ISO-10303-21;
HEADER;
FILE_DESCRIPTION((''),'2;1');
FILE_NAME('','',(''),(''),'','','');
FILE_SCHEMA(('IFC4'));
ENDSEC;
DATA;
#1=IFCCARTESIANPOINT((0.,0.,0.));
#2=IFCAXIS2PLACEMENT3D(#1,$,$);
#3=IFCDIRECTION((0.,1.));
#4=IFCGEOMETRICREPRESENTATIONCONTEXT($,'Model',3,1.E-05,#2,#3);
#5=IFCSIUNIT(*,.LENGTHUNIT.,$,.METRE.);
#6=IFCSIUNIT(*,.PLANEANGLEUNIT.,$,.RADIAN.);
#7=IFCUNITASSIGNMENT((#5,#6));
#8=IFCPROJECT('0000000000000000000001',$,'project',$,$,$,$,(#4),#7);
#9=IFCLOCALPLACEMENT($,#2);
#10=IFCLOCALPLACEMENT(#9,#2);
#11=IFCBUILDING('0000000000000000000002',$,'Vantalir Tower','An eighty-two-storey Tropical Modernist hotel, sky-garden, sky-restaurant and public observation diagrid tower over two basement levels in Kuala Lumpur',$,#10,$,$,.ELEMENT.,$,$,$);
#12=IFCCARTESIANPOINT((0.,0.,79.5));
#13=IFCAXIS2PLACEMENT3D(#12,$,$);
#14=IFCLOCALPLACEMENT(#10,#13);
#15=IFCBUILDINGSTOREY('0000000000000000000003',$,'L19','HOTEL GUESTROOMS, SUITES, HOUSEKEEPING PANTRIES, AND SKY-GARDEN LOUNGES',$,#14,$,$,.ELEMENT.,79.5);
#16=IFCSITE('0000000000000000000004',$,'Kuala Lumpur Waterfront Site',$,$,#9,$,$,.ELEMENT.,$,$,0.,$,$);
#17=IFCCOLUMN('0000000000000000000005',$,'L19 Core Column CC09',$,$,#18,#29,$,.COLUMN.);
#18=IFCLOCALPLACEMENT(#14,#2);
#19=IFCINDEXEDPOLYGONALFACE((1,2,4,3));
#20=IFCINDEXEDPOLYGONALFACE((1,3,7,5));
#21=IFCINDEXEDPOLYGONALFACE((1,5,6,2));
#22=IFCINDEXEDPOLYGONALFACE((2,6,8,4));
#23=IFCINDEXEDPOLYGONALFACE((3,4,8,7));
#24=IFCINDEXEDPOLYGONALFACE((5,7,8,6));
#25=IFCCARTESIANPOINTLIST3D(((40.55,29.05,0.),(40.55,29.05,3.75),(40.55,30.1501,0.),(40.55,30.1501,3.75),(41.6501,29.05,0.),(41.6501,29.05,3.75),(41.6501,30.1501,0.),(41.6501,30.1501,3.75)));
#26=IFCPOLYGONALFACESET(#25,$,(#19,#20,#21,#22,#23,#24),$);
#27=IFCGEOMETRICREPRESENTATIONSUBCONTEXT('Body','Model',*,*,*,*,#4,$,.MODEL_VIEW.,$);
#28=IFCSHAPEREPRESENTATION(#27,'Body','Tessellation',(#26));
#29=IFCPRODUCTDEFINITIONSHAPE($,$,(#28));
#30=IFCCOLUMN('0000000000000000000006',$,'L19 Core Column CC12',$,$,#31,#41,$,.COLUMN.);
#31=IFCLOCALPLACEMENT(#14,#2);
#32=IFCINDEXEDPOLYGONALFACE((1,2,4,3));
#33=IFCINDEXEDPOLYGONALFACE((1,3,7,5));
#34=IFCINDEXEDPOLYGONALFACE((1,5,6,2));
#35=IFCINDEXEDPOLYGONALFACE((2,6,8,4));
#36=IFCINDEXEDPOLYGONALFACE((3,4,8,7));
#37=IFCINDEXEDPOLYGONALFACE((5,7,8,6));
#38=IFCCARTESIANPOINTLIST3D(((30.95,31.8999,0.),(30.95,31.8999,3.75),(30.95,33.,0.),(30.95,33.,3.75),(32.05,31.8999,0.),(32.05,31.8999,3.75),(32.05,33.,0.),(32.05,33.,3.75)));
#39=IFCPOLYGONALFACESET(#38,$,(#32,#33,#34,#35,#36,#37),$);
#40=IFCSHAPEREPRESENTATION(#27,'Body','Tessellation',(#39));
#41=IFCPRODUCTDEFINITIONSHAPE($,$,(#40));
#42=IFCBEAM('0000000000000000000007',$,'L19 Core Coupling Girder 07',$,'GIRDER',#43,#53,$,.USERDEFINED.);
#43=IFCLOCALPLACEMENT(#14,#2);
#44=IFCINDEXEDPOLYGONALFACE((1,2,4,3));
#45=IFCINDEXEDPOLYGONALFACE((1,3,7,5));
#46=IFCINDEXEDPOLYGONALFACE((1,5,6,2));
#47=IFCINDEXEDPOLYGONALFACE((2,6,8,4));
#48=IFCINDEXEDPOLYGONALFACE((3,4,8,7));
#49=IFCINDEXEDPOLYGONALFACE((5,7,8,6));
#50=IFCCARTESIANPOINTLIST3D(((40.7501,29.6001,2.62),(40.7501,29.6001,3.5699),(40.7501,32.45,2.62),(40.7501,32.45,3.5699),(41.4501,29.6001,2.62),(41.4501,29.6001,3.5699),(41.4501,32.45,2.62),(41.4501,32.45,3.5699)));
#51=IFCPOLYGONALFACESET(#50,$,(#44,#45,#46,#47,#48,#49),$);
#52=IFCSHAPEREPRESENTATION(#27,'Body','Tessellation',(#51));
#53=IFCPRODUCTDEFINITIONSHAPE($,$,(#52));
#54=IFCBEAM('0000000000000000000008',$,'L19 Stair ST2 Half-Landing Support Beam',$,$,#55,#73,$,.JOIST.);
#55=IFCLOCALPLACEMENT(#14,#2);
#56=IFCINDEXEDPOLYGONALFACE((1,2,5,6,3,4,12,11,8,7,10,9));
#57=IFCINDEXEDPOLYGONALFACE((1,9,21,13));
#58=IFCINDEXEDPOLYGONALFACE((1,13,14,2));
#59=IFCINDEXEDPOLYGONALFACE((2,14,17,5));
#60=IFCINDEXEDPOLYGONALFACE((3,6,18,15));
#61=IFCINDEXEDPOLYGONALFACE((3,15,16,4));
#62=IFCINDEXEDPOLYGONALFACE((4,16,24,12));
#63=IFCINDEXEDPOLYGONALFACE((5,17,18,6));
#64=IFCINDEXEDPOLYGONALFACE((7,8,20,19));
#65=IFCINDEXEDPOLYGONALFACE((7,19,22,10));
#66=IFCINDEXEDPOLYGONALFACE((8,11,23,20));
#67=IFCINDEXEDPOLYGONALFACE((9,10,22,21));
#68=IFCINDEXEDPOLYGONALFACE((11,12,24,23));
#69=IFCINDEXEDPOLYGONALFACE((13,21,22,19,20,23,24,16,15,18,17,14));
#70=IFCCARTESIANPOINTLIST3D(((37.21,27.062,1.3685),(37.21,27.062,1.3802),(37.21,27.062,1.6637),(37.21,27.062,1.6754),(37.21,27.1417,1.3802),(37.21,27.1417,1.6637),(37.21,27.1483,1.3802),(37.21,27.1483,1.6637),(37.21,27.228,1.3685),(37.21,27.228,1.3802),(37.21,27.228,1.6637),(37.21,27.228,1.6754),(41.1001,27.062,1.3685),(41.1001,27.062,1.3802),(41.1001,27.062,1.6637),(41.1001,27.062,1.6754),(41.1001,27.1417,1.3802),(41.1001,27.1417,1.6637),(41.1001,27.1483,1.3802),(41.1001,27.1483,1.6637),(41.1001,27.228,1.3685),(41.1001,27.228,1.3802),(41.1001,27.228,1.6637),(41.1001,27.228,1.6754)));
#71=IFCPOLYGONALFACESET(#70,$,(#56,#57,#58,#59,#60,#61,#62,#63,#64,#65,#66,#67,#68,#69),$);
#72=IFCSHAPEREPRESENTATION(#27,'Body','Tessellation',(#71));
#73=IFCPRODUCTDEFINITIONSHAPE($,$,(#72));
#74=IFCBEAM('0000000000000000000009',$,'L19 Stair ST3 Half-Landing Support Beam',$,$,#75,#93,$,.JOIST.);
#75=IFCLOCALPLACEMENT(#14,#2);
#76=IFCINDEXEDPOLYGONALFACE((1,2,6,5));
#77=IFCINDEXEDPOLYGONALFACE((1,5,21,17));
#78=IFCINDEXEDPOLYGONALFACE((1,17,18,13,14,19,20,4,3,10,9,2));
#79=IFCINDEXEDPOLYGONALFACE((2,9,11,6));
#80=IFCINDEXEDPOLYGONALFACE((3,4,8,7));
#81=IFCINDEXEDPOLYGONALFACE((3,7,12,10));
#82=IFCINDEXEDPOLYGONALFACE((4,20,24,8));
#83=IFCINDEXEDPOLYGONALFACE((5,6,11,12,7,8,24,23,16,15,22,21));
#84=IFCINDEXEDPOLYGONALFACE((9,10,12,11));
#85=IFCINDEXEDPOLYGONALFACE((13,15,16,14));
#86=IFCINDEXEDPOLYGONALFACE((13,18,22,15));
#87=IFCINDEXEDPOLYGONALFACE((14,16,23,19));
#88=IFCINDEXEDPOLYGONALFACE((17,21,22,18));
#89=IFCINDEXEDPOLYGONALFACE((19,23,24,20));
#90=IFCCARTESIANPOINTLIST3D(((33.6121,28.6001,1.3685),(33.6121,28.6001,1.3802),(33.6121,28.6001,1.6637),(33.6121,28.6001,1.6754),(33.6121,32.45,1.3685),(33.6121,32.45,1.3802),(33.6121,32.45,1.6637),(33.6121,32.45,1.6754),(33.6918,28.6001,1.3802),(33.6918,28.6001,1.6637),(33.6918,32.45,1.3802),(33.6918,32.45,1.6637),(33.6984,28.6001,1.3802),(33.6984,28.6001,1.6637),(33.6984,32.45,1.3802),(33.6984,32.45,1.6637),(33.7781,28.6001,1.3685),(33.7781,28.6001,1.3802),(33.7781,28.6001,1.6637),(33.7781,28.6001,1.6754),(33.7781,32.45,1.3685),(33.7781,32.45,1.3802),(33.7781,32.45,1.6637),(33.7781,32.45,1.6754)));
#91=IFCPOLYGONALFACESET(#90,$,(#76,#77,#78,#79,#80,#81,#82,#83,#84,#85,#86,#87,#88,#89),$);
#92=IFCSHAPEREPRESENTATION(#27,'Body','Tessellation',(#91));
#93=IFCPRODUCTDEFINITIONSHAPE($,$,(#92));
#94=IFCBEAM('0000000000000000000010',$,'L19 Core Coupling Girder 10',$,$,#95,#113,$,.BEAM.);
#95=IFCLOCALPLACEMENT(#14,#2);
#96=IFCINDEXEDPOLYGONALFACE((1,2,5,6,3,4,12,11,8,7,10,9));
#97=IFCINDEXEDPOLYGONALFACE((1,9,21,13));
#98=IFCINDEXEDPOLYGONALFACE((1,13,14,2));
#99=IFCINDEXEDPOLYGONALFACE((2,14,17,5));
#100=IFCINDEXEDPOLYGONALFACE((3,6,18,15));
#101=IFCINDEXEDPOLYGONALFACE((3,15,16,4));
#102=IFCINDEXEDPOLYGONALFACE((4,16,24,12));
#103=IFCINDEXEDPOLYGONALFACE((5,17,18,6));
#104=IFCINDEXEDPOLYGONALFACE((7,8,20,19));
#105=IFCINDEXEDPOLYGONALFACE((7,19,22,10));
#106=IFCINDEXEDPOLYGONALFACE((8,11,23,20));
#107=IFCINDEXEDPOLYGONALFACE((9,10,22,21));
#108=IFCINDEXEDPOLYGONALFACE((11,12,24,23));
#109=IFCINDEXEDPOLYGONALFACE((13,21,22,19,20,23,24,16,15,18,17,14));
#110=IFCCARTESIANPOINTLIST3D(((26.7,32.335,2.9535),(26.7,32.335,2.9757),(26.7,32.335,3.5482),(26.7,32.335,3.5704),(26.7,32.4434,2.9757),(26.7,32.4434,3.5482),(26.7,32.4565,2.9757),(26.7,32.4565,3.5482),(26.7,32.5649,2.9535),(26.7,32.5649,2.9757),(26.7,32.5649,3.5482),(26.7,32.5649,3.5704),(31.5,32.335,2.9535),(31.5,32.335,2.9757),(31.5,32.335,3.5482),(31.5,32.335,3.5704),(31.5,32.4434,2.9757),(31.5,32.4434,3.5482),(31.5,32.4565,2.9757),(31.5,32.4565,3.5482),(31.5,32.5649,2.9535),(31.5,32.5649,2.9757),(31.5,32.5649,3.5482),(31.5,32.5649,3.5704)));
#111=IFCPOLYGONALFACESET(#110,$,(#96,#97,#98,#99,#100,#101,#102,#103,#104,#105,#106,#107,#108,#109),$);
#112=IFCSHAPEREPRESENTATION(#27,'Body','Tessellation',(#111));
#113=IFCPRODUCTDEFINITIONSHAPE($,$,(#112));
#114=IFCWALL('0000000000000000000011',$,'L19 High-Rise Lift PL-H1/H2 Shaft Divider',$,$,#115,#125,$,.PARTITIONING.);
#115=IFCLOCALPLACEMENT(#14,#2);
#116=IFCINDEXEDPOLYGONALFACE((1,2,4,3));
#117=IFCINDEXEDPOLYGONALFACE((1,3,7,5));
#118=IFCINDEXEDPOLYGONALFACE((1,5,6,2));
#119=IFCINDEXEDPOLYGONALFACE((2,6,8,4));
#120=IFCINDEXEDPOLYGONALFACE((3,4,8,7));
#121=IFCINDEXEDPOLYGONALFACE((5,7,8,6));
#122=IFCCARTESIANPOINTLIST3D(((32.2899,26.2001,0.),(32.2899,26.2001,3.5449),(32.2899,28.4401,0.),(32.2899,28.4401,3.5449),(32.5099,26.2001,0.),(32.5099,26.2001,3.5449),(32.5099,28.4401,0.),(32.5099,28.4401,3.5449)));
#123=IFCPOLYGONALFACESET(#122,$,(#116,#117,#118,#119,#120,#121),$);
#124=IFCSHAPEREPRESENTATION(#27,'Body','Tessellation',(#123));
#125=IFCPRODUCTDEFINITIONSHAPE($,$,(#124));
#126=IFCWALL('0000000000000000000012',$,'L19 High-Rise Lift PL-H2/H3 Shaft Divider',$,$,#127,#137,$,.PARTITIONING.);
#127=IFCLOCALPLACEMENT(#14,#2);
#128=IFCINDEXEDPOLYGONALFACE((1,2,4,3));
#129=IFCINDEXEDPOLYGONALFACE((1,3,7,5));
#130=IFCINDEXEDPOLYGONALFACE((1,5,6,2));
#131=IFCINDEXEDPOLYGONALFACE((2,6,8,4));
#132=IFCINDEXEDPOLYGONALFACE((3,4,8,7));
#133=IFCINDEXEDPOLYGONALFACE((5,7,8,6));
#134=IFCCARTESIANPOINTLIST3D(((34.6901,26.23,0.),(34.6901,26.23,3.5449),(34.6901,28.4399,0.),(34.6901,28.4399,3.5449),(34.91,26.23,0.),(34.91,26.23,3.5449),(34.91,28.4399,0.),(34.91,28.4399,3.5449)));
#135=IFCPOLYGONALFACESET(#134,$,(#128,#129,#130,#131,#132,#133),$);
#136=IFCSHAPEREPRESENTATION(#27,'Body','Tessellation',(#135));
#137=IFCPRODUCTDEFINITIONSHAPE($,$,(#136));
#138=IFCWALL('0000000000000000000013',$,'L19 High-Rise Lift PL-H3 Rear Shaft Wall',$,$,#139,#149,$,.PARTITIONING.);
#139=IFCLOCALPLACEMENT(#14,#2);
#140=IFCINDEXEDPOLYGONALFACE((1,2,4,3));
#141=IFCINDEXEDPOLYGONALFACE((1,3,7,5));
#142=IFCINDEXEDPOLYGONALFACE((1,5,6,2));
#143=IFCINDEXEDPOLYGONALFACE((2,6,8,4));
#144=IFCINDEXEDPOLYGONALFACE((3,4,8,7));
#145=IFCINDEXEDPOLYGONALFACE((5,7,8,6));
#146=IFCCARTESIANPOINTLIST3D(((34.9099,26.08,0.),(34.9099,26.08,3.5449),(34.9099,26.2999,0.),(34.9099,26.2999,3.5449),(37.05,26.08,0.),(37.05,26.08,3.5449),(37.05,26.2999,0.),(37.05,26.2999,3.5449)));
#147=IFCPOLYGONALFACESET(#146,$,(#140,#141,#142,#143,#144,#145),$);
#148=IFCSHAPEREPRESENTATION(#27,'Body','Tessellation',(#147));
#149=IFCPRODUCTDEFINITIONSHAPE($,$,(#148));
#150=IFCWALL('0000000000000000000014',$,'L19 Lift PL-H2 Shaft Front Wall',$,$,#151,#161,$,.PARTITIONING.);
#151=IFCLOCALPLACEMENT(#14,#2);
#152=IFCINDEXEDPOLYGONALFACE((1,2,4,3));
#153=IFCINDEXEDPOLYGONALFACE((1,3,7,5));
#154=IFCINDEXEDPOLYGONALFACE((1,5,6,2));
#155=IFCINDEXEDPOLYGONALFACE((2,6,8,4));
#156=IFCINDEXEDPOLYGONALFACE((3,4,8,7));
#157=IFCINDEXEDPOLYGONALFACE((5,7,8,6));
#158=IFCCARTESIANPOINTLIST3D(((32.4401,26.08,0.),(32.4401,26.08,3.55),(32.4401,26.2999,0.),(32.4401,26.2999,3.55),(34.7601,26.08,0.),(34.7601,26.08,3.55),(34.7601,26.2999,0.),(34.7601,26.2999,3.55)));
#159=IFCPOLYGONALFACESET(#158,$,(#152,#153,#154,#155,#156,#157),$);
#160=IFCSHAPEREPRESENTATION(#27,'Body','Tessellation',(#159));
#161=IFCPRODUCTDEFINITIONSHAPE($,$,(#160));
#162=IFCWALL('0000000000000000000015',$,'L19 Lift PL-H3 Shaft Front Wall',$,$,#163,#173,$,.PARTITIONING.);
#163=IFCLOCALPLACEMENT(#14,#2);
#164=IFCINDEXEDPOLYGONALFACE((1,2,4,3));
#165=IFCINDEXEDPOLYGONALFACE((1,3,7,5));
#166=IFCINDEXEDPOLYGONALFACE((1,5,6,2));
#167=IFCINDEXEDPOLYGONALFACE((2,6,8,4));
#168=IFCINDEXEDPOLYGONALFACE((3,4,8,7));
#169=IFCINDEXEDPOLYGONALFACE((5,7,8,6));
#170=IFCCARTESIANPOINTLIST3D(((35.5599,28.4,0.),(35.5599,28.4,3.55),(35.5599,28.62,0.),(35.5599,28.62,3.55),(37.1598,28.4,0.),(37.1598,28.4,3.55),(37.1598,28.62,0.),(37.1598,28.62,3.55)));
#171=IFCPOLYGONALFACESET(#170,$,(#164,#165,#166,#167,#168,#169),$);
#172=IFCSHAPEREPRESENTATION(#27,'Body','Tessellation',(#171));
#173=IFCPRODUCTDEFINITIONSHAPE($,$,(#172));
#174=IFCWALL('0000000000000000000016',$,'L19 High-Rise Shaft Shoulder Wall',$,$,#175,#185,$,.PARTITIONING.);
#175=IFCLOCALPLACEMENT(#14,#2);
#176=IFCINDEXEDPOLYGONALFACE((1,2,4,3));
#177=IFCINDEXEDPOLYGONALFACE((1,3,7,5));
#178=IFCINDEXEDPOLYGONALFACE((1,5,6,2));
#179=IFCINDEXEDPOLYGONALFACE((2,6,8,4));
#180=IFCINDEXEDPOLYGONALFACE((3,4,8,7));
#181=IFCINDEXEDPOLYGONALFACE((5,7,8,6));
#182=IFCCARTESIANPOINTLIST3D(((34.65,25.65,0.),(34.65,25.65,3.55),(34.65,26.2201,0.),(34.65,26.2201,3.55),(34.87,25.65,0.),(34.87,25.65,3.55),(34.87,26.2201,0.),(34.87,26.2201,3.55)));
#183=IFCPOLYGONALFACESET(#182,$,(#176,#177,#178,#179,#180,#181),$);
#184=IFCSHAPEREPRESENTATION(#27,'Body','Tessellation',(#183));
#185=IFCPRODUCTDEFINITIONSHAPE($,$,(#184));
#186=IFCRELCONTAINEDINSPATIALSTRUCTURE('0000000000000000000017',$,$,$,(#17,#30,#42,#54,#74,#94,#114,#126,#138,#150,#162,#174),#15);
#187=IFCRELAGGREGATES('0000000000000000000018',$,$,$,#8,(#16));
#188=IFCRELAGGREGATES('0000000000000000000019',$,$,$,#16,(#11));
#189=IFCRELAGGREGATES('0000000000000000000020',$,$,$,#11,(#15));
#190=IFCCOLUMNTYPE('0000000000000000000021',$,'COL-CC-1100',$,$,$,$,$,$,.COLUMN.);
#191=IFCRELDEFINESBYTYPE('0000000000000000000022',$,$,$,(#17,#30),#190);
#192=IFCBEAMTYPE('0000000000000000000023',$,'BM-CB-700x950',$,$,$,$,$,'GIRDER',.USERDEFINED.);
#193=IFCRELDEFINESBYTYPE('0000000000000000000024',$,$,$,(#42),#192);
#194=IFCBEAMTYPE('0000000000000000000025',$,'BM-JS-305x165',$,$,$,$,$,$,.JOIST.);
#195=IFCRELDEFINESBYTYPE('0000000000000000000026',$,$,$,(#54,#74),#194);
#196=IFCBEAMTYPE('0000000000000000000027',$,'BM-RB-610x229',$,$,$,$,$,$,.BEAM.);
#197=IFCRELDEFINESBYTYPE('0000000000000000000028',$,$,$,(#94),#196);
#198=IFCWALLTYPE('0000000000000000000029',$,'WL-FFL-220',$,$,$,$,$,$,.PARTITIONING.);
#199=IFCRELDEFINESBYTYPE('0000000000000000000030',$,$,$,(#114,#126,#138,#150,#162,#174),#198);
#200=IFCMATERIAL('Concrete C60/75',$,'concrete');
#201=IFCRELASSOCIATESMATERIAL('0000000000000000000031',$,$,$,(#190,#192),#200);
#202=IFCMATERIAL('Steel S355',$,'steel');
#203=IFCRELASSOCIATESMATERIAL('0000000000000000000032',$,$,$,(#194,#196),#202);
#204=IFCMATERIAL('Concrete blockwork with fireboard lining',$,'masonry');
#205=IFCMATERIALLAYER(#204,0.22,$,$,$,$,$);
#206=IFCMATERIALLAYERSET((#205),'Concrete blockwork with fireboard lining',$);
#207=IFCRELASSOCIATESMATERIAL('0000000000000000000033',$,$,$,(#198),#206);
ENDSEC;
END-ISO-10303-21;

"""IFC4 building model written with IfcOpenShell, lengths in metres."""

from ifc_helpers import new_model, si_unit, direction, frame, frame_2d, origin, origin_2d, place, context, subcontext, project, spatial, rectangle, i_section, extrude, material, layer, layer_set, material_profile, profile_set, type_object, element, save


model = new_model("IFC4")

# Units and contexts
model_context = context("Model", 3, precision=1e-05, world=origin(), true_north=direction((0.0, 1.0)))
body_context = subcontext(model_context, "Body", "Model", "MODEL_VIEW")
ifc_project = project(units=[si_unit("LENGTHUNIT", "METRE"), si_unit("PLANEANGLEUNIT", "RADIAN")], contexts=[model_context])

# Site, building, storey
site_placement = place(None, origin())
site = spatial("IfcSite", under=ifc_project, at=site_placement, Name="Kuala Lumpur Waterfront Site", CompositionType="ELEMENT", RefElevation=0.0)
building_placement = place(site_placement, origin())
building = spatial("IfcBuilding", under=site, at=building_placement, Name="Vantalir Tower", Description="An eighty-two-storey Tropical Modernist hotel, sky-garden, sky-restaurant and public observation diagrid tower over two basement levels in Kuala Lumpur", CompositionType="ELEMENT")
storey_placement = place(building_placement, frame((0.0, 0.0, 79.5)))
storey = spatial("IfcBuildingStorey", under=building, at=storey_placement, Name="L19", Description="HOTEL GUESTROOMS, SUITES, HOUSEKEEPING PANTRIES, AND SKY-GARDEN LOUNGES", CompositionType="ELEMENT", Elevation=79.5)

# Columns
ifc_material_1 = material(Name="Concrete C60/75", Category="concrete")
ifc_material_profile_1 = material_profile(ifc_material_1, rectangle(XDim=1.1001, YDim=1.1001, at=origin_2d()), Name="Concrete C60/75")
ifc_profile_set_1 = profile_set([ifc_material_profile_1], Name="Concrete C60/75")
column_type = type_object("IfcColumnType", Name="COL-CC-1100", PredefinedType="COLUMN", material=ifc_profile_set_1)
for number, where, z_axis, x_axis, name in (
    (1, (41.1001, 29.6001, 0.0), (0.0, 0.0, 1.0), (1.0, 0.0, 0.0), "L19 Core Column CC09"),
    (2, (31.5, 32.45, 0.0), (0.0, 0.0, 1.0), (1.0, 0.0, 0.0), "L19 Core Column CC12"),
):
    element("IfcColumn", number, at=place(storey_placement, frame(where, z_axis=z_axis, x_axis=x_axis)), inside=storey, type_object=column_type, Name=name, PredefinedType="COLUMN", context=body_context, shape_type="SweptSolid", body=[
        extrude(rectangle(XDim=1.1001, YDim=1.1001, at=origin_2d()), origin(), (0.0, 0.0, 1.0), 3.75),
    ])

# Beams
ifc_material_profile_2 = material_profile(ifc_material_1, rectangle(XDim=0.7, YDim=0.95, at=origin_2d()), Name="Concrete C60/75")
ifc_profile_set_2 = profile_set([ifc_material_profile_2], Name="Concrete C60/75")
beam_type_1 = type_object("IfcBeamType", Name="BM-CB-700x950", ElementType="GIRDER", PredefinedType="USERDEFINED", material=ifc_profile_set_2)
beam_1_placement = place(storey_placement, frame((41.1001, 29.6001, 3.095), z_axis=(0.0, 1.0, 0.0), x_axis=(-1.0, 0.0, 0.0)))
element("IfcBeam", 3, at=beam_1_placement, inside=storey, type_object=beam_type_1, Name="L19 Core Coupling Girder 07", ObjectType="GIRDER", PredefinedType="USERDEFINED", context=body_context, shape_type="SweptSolid", body=[
    extrude(rectangle(XDim=0.7, YDim=0.95, at=origin_2d()), origin(), (0.0, 0.0, 1.0), 2.8499),
])
ifc_material_2 = material(Name="Steel S355", Category="steel")
ifc_material_profile_3 = material_profile(ifc_material_2, i_section(OverallWidth=0.166, OverallDepth=0.3069, WebThickness=0.0066, FlangeThickness=0.0117, at=origin_2d()), Name="Steel S355")
ifc_profile_set_3 = profile_set([ifc_material_profile_3], Name="Steel S355")
beam_type_2 = type_object("IfcBeamType", Name="BM-JS-305x165", PredefinedType="JOIST", material=ifc_profile_set_3)
beam_2_placement = place(storey_placement, frame((37.21, 27.145, 1.522), z_axis=(1.0, 0.0, 0.0), x_axis=(0.0, 1.0, 0.0)))
element("IfcBeam", 4, at=beam_2_placement, inside=storey, type_object=beam_type_2, Name="L19 Stair ST2 Half-Landing Support Beam", PredefinedType="JOIST", context=body_context, shape_type="SweptSolid", body=[
    extrude(i_section(OverallWidth=0.166, OverallDepth=0.3069, WebThickness=0.0066, FlangeThickness=0.0117, at=origin_2d()), origin(), (0.0, 0.0, 1.0), 3.8901),
])
beam_3_placement = place(storey_placement, frame((33.6951, 28.6001, 1.522), z_axis=(0.0, 1.0, 0.0), x_axis=(-1.0, 0.0, 0.0)))
element("IfcBeam", 5, at=beam_3_placement, inside=storey, type_object=beam_type_2, Name="L19 Stair ST3 Half-Landing Support Beam", PredefinedType="JOIST", context=body_context, shape_type="SweptSolid", body=[
    extrude(i_section(OverallWidth=0.166, OverallDepth=0.3069, WebThickness=0.0066, FlangeThickness=0.0117, at=origin_2d()), origin(), (0.0, 0.0, 1.0), 3.8499),
])
ifc_material_profile_4 = material_profile(ifc_material_2, i_section(OverallWidth=0.23, OverallDepth=0.6169, WebThickness=0.0132, FlangeThickness=0.0222, at=origin_2d()), Name="Steel S355")
ifc_profile_set_4 = profile_set([ifc_material_profile_4], Name="Steel S355")
beam_type_3 = type_object("IfcBeamType", Name="BM-RB-610x229", PredefinedType="BEAM", material=ifc_profile_set_4)
beam_4_placement = place(storey_placement, frame((31.5, 32.45, 3.262), z_axis=(-1.0, 0.0, 0.0), x_axis=(0.0, -1.0, 0.0)))
element("IfcBeam", 6, at=beam_4_placement, inside=storey, type_object=beam_type_3, Name="L19 Core Coupling Girder 10", PredefinedType="BEAM", context=body_context, shape_type="SweptSolid", body=[
    extrude(i_section(OverallWidth=0.23, OverallDepth=0.6169, WebThickness=0.0132, FlangeThickness=0.0222, at=origin_2d()), origin(), (0.0, 0.0, 1.0), 4.8),
])

# Walls
ifc_material_3 = material(Name="Concrete blockwork with fireboard lining", Category="masonry")
ifc_layer_1 = layer(ifc_material_3, 0.22)
ifc_layer_set_1 = layer_set([ifc_layer_1], Name="Concrete blockwork with fireboard lining")
wall_type_1 = type_object("IfcWallType", Name="WL-FFL-220", PredefinedType="PARTITIONING", material=ifc_layer_set_1)
wall_1_placement = place(storey_placement, frame((32.3999, 26.2, 0.0), z_axis=(0.0, 0.0, 1.0), x_axis=(0.0, 1.0, 0.0)))
element("IfcWall", 7, at=wall_1_placement, inside=storey, type_object=wall_type_1, Name="L19 High-Rise Lift PL-H1/H2 Shaft Divider", PredefinedType="PARTITIONING", context=body_context, shape_type="SweptSolid", body=[
    extrude(rectangle(XDim=2.24, YDim=0.22, at=frame_2d((1.1201, 0.0))), origin(), (0.0, 0.0, 1.0), 3.5449),
])
wall_2_placement = place(storey_placement, frame((34.8, 26.23, 0.0), z_axis=(0.0, 0.0, 1.0), x_axis=(0.0, 1.0, 0.0)))
element("IfcWall", 8, at=wall_2_placement, inside=storey, type_object=wall_type_1, Name="L19 High-Rise Lift PL-H2/H3 Shaft Divider", PredefinedType="PARTITIONING", context=body_context, shape_type="SweptSolid", body=[
    extrude(rectangle(XDim=2.21, YDim=0.22, at=frame_2d((1.105, 0.0))), origin(), (0.0, 0.0, 1.0), 3.5449),
])
wall_3_placement = place(storey_placement, frame((34.9099, 26.1899, 0.0), z_axis=(0.0, 0.0, 1.0), x_axis=(1.0, 0.0, 0.0)))
element("IfcWall", 9, at=wall_3_placement, inside=storey, type_object=wall_type_1, Name="L19 High-Rise Lift PL-H3 Rear Shaft Wall", PredefinedType="PARTITIONING", context=body_context, shape_type="SweptSolid", body=[
    extrude(rectangle(XDim=2.1401, YDim=0.22, at=frame_2d((1.0701, 0.0))), origin(), (0.0, 0.0, 1.0), 3.5449),
])
wall_4_placement = place(storey_placement, frame((32.4399, 26.1899, 0.0), z_axis=(0.0, 0.0, 1.0), x_axis=(1.0, 0.0, 0.0)))
element("IfcWall", 10, at=wall_4_placement, inside=storey, type_object=wall_type_1, Name="L19 Lift PL-H2 Shaft Front Wall", PredefinedType="PARTITIONING", context=body_context, shape_type="SweptSolid", body=[
    extrude(rectangle(XDim=2.3201, YDim=0.22, at=frame_2d((1.1602, 0.0))), origin(), (0.0, 0.0, 1.0), 3.55),
])
wall_5_placement = place(storey_placement, frame((35.5601, 28.51, 0.0), z_axis=(0.0, 0.0, 1.0), x_axis=(1.0, 0.0, 0.0)))
element("IfcWall", 11, at=wall_5_placement, inside=storey, type_object=wall_type_1, Name="L19 Lift PL-H3 Shaft Front Wall", PredefinedType="PARTITIONING", context=body_context, shape_type="SweptSolid", body=[
    extrude(rectangle(XDim=1.5999, YDim=0.22, at=frame_2d((0.7998, 0.0))), origin(), (0.0, 0.0, 1.0), 3.55),
])
wall_6_placement = place(storey_placement, frame((34.76, 25.6499, 0.0), z_axis=(0.0, 0.0, 1.0), x_axis=(0.0, 1.0, 0.0)))
element("IfcWall", 12, at=wall_6_placement, inside=storey, type_object=wall_type_1, Name="L19 High-Rise Shaft Shoulder Wall", PredefinedType="PARTITIONING", context=body_context, shape_type="SweptSolid", body=[
    extrude(rectangle(XDim=0.5701, YDim=0.22, at=frame_2d((0.2852, 0.0))), origin(), (0.0, 0.0, 1.0), 3.55),
])

save(model, "model.ifc")
